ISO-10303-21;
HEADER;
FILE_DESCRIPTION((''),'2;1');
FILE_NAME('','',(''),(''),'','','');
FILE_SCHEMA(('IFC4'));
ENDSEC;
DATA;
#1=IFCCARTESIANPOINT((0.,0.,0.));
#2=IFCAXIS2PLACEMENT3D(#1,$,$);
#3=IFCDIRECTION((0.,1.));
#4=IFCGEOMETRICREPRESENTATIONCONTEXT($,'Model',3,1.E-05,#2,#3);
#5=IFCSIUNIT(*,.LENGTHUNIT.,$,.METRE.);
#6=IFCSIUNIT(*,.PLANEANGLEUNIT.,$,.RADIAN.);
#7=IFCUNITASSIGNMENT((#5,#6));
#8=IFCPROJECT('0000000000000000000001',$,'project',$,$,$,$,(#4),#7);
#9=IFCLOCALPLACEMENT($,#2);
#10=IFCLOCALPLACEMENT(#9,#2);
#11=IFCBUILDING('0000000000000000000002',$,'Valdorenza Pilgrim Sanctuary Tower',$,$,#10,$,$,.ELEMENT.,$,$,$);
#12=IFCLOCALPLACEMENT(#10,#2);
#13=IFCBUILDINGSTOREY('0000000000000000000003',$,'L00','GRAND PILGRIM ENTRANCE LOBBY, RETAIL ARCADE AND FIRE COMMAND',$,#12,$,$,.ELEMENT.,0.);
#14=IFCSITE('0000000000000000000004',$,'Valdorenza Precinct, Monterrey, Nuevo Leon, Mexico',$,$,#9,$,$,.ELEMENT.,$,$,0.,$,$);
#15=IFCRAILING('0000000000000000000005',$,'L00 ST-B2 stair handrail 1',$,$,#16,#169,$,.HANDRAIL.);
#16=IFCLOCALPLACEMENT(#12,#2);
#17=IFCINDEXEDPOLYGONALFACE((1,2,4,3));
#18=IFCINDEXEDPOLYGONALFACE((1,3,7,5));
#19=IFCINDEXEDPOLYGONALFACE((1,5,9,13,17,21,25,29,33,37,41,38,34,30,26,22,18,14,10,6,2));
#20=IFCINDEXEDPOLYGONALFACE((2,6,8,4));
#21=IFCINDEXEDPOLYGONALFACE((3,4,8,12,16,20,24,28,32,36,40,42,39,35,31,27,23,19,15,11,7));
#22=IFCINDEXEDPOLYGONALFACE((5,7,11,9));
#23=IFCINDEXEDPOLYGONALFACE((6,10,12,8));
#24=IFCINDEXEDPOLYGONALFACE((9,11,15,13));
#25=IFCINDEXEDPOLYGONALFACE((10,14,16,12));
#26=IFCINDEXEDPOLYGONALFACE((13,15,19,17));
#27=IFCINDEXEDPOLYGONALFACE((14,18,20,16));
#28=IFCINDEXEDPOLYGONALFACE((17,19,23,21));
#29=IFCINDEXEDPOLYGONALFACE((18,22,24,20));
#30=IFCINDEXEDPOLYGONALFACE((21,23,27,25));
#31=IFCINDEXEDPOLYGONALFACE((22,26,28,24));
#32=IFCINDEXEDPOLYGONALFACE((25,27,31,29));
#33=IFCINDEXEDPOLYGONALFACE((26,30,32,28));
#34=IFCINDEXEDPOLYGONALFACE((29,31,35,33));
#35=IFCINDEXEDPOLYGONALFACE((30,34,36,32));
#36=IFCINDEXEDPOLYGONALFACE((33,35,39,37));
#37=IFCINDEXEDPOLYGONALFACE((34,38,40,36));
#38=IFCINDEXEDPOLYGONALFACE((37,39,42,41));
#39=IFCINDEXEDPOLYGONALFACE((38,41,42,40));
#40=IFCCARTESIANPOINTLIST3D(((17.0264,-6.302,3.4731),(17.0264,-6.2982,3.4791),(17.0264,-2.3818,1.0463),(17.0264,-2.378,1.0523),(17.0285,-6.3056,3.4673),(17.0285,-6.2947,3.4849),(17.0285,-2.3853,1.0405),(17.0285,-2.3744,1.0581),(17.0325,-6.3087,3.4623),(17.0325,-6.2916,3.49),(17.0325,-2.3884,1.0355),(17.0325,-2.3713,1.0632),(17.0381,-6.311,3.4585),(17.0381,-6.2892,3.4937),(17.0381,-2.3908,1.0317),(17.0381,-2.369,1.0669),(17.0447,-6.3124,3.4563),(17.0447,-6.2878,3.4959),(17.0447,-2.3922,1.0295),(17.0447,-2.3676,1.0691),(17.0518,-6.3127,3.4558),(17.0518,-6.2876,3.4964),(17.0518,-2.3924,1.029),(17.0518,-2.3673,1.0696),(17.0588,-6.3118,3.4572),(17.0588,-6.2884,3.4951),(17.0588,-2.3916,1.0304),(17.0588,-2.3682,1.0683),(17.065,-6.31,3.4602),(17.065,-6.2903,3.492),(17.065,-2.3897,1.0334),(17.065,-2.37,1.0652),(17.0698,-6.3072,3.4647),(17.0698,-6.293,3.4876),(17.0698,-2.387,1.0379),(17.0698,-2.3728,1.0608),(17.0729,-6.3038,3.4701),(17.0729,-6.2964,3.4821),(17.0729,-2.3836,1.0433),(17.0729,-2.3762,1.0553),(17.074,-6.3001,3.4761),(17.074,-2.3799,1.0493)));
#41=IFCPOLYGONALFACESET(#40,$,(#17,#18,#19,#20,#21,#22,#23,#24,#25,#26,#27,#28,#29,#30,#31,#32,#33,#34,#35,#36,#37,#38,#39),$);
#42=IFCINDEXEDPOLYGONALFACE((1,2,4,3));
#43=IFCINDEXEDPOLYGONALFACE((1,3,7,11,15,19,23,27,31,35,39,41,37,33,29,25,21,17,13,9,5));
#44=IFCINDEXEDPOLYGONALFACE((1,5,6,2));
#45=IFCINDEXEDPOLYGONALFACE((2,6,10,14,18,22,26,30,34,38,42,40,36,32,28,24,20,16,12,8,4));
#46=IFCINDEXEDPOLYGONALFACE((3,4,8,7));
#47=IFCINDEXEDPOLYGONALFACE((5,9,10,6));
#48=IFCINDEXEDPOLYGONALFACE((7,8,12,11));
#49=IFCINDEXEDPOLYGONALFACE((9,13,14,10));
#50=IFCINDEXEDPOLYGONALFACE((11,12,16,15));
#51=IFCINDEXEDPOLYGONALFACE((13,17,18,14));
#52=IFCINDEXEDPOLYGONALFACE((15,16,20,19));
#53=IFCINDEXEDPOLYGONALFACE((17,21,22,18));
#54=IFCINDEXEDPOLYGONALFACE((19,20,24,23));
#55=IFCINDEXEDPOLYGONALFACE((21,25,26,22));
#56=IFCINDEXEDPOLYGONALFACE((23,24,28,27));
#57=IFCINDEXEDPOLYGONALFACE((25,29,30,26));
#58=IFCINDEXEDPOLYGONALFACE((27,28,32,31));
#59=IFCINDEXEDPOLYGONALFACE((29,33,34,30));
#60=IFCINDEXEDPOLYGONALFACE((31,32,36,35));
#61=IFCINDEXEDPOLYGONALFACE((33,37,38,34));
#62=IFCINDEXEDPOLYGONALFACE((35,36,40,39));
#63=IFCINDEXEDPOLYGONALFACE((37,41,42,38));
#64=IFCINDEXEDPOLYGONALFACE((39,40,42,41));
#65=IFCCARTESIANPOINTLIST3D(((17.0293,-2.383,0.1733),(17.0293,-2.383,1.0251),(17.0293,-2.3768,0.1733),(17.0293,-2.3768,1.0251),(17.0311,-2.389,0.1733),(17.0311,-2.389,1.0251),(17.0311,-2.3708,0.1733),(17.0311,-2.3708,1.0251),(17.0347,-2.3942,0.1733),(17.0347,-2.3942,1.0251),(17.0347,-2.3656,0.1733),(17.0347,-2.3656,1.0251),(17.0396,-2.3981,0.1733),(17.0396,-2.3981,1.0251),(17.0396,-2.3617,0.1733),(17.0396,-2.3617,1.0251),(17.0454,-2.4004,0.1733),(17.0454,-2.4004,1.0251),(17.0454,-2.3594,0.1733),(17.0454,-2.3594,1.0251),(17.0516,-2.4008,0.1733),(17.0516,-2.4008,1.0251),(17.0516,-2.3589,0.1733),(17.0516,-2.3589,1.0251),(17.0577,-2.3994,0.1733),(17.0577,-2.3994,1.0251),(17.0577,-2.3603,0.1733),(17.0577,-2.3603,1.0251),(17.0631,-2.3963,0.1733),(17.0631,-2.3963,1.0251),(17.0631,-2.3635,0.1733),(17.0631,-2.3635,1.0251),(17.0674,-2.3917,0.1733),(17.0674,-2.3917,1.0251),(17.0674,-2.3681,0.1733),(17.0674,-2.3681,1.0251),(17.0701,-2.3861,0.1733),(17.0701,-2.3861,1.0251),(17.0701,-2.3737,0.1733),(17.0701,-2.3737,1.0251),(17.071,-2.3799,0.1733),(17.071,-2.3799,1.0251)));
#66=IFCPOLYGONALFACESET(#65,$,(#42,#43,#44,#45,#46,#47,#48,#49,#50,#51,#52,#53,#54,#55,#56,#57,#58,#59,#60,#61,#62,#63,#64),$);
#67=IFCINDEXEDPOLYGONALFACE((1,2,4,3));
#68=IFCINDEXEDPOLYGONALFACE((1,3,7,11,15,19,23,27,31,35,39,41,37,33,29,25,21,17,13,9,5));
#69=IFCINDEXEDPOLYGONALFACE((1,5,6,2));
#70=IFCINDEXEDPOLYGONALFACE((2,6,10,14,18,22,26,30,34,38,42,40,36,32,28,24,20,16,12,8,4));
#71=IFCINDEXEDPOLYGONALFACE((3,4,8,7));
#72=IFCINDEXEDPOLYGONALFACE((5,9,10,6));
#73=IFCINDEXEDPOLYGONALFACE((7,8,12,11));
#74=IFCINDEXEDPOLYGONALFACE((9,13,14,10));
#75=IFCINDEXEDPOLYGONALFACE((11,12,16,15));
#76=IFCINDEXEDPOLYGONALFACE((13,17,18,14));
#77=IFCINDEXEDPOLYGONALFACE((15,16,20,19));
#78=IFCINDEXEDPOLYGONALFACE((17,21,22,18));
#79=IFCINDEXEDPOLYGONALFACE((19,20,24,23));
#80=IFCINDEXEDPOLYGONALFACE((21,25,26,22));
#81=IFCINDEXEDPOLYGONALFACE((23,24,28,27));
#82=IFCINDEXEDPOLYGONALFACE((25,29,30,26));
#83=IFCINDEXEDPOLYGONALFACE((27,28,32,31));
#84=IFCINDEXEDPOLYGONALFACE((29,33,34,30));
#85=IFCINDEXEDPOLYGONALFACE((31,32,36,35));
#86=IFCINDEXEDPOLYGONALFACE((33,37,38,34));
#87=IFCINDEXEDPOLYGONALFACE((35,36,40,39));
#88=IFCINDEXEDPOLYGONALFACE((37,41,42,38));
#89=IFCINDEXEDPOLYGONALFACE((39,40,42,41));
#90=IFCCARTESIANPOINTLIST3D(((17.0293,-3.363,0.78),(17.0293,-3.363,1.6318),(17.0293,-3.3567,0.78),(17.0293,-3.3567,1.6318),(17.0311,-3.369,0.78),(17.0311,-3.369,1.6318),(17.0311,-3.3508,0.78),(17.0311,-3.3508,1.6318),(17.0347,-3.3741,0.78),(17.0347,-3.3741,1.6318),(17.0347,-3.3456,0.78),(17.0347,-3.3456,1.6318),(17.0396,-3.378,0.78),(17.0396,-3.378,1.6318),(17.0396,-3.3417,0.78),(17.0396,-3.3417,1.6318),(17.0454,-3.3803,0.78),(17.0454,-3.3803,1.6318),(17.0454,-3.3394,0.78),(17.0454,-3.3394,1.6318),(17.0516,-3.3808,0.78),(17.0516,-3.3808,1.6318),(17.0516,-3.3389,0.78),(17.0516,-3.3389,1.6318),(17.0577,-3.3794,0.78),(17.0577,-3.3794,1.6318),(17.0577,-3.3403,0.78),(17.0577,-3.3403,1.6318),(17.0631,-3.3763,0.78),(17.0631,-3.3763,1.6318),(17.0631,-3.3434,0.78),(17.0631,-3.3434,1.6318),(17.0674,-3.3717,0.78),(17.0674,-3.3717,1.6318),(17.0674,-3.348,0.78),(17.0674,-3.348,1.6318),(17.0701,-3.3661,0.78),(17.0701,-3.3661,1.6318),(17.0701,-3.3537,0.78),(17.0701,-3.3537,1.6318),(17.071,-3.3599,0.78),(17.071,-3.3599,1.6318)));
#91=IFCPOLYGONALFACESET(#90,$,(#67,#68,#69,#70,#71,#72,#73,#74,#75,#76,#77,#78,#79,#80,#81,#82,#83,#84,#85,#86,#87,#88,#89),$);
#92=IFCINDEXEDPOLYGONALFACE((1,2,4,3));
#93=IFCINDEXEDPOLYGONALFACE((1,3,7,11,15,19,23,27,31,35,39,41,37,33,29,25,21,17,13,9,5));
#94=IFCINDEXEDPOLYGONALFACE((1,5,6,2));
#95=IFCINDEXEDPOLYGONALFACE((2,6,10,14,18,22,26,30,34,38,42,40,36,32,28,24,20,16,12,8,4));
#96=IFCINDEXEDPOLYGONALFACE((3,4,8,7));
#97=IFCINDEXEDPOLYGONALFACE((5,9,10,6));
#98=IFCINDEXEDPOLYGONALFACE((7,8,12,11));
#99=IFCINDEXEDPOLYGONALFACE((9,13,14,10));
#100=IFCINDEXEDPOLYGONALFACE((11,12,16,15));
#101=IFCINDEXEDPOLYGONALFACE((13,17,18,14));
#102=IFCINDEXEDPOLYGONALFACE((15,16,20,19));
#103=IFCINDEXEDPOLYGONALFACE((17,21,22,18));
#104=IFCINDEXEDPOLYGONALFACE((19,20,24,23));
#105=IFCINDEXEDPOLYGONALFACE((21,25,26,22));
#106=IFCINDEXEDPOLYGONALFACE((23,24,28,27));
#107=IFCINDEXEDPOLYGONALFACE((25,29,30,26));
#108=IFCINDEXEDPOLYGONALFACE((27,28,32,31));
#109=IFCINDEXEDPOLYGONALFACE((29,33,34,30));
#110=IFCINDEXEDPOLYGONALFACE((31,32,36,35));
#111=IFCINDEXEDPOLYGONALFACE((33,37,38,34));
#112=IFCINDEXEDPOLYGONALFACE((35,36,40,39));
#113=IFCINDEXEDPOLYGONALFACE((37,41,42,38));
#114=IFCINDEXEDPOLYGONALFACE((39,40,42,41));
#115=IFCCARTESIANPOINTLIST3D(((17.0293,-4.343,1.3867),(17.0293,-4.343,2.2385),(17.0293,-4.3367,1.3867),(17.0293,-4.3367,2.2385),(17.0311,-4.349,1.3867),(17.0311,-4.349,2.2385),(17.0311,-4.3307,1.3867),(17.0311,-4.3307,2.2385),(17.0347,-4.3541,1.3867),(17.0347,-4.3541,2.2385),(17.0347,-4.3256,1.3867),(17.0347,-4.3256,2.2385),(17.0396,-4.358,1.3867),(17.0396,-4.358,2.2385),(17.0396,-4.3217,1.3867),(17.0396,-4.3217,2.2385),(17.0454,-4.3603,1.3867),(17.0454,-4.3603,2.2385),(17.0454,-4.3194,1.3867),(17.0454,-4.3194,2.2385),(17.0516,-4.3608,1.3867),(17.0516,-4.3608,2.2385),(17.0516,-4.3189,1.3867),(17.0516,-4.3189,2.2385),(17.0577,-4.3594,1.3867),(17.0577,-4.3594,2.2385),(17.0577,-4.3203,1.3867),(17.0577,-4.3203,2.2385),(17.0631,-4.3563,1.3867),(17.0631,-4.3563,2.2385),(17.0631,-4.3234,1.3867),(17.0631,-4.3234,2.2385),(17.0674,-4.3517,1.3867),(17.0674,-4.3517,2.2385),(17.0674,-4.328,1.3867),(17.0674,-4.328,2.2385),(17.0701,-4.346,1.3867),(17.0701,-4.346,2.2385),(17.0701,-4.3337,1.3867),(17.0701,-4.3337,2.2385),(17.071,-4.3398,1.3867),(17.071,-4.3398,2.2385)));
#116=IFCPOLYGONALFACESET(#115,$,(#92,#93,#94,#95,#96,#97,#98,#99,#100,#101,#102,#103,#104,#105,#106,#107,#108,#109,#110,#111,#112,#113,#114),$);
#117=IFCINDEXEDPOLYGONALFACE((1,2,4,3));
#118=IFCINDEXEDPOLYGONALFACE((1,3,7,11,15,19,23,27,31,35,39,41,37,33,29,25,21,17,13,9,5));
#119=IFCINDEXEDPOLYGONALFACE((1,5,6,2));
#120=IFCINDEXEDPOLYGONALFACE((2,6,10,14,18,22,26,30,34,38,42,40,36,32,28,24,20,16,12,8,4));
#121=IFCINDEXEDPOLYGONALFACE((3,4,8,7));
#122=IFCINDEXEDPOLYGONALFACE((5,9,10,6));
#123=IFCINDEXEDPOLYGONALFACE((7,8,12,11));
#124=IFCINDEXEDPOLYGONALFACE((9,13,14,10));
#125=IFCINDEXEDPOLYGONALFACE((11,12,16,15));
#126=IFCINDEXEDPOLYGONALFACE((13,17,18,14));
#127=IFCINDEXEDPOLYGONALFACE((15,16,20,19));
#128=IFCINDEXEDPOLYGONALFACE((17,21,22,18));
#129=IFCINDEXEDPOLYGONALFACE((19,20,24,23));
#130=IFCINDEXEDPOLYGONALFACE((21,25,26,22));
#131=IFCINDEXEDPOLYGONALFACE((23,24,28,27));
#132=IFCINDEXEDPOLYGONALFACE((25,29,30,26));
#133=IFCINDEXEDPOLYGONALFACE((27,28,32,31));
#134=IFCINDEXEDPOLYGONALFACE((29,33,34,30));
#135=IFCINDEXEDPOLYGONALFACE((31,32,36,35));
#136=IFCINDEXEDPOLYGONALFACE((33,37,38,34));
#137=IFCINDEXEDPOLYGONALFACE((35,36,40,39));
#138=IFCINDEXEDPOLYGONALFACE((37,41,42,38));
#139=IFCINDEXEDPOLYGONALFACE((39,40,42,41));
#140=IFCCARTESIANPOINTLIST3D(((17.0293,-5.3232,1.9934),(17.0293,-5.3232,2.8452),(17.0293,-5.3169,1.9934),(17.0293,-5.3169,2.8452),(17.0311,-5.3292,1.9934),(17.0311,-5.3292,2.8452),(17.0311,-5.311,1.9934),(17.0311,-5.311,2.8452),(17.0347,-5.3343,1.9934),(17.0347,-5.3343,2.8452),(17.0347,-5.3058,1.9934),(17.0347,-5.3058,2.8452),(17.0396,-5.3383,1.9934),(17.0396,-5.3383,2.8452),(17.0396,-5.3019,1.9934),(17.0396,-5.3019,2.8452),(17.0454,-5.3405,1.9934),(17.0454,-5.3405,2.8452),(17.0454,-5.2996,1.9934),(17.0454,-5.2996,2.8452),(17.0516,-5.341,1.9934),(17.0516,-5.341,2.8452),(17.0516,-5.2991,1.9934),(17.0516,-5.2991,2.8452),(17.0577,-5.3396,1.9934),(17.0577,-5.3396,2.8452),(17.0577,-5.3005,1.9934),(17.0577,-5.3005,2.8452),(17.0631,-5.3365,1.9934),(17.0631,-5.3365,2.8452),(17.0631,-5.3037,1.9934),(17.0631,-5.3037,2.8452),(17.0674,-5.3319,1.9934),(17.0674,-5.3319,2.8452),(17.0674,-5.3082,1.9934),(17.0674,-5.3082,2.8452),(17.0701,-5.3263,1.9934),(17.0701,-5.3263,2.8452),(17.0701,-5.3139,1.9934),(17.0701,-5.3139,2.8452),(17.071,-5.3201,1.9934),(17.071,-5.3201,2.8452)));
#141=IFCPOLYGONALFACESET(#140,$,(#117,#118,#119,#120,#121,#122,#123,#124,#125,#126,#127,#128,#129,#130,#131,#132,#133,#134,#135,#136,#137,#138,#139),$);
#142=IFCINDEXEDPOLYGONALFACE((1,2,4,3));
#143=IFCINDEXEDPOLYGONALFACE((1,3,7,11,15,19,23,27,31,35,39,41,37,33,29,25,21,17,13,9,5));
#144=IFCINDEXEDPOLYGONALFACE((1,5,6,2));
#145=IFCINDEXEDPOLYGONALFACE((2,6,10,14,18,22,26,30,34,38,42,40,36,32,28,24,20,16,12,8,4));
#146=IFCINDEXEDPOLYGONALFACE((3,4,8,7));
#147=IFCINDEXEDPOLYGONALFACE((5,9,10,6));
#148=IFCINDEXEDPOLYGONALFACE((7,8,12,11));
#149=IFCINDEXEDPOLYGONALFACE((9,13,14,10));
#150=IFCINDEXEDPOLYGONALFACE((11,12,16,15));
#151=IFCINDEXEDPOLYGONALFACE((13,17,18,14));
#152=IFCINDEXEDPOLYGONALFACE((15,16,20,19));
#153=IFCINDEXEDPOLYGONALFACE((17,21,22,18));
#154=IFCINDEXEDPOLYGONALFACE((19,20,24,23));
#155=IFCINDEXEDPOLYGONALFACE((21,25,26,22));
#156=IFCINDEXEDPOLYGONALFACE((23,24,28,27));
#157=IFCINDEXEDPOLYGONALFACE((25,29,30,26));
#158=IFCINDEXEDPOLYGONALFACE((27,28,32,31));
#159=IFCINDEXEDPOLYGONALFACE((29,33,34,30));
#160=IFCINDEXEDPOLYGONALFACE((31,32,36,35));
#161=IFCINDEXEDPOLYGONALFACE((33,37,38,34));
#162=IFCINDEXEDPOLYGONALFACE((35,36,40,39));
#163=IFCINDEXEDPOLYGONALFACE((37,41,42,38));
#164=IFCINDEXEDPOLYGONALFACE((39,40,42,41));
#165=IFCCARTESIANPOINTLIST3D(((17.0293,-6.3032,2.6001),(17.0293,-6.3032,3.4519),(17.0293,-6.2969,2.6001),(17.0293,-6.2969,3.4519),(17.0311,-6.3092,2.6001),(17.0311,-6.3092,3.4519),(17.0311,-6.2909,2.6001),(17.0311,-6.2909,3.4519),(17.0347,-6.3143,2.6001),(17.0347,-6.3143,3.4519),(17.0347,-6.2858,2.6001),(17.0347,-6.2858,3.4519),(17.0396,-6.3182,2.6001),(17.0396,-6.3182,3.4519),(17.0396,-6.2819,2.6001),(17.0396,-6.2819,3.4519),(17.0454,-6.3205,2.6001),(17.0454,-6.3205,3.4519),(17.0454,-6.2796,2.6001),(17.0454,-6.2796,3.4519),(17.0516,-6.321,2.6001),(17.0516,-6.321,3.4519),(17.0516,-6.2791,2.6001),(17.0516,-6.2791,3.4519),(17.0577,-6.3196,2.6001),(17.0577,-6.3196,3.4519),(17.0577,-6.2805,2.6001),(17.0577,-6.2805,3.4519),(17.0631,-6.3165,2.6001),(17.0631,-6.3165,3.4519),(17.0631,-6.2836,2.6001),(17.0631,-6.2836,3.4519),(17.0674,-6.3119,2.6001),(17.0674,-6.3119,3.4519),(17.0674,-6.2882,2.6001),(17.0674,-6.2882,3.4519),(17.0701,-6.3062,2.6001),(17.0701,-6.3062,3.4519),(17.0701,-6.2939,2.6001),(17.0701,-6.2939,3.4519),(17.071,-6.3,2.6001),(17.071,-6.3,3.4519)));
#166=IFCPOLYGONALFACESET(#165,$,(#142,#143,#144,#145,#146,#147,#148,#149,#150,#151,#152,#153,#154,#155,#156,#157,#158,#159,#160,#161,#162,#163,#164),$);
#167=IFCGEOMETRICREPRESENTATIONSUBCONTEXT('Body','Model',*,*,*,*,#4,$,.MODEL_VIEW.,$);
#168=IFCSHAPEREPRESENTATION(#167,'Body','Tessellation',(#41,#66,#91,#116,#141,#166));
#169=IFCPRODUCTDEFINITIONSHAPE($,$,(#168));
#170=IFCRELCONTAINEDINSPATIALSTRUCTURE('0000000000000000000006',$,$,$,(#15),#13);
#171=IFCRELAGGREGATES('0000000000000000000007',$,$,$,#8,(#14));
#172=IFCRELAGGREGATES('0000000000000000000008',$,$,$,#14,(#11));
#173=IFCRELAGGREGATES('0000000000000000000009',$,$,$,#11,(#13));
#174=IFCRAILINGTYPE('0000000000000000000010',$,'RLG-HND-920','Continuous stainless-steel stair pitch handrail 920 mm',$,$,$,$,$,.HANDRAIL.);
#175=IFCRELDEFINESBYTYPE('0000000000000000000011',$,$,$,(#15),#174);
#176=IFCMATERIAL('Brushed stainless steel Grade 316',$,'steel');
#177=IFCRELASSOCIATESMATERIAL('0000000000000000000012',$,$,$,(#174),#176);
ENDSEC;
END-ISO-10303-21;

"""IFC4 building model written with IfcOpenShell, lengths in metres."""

from ifc_helpers import new_model, si_unit, direction, frame, origin, origin_2d, place, context, subcontext, project, spatial, circle, extrude, material, type_object, element, save


model = new_model("IFC4")

# Units and contexts
model_context = context("Model", 3, precision=1e-05, world=origin(), true_north=direction((0.0, 1.0)))
body_context = subcontext(model_context, "Body", "Model", "MODEL_VIEW")
ifc_project = project(units=[si_unit("LENGTHUNIT", "METRE"), si_unit("PLANEANGLEUNIT", "RADIAN")], contexts=[model_context])

# Site, building, storey
site_placement = place(None, origin())
site = spatial("IfcSite", under=ifc_project, at=site_placement, Name="Valdorenza Precinct, Monterrey, Nuevo Leon, Mexico", CompositionType="ELEMENT", RefElevation=0.0)
building_placement = place(site_placement, origin())
building = spatial("IfcBuilding", under=site, at=building_placement, Name="Valdorenza Pilgrim Sanctuary Tower", CompositionType="ELEMENT")
storey_placement = place(building_placement, origin())
storey = spatial("IfcBuildingStorey", under=building, at=storey_placement, Name="L00", Description="GRAND PILGRIM ENTRANCE LOBBY, RETAIL ARCADE AND FIRE COMMAND", CompositionType="ELEMENT", Elevation=0.0)

# Railing
ifc_material_1 = material(Name="Brushed stainless steel Grade 316", Category="steel")
railing_type_1 = type_object("IfcRailingType", Name="RLG-HND-920", Description="Continuous stainless-steel stair pitch handrail 920 mm", PredefinedType="HANDRAIL", material=ifc_material_1)
railing_1_placement = place(storey_placement, frame((17.05, -2.3799, 0.1733)))
element("IfcRailing", 1, at=railing_1_placement, inside=storey, type_object=railing_type_1, Name="L00 ST-B2 stair handrail 1", PredefinedType="HANDRAIL", context=body_context, shape_type="SweptSolid", body=[
    extrude(circle(Radius=0.0239, at=origin_2d()), frame((0.0, 0.0, 0.876), z_axis=(0.0, -0.850266, 0.526353), x_axis=(1.0, 0.0, 0.0)), (0.0, 0.0, 1.0), 4.6106),
    extrude(circle(Radius=0.021, at=origin_2d()), origin(), (0.0, 0.0, 1.0), 0.8518),
    extrude(circle(Radius=0.021, at=origin_2d()), frame((0.0, -0.98, 0.6067)), (0.0, 0.0, 1.0), 0.8518),
    extrude(circle(Radius=0.021, at=origin_2d()), frame((0.0, -1.96, 1.2134)), (0.0, 0.0, 1.0), 0.8518),
    extrude(circle(Radius=0.021, at=origin_2d()), frame((0.0, -2.9402, 1.8201)), (0.0, 0.0, 1.0), 0.8518),
    extrude(circle(Radius=0.021, at=origin_2d()), frame((0.0, -3.9202, 2.4268)), (0.0, 0.0, 1.0), 0.8518),
])

save(model, "model.ifc")
